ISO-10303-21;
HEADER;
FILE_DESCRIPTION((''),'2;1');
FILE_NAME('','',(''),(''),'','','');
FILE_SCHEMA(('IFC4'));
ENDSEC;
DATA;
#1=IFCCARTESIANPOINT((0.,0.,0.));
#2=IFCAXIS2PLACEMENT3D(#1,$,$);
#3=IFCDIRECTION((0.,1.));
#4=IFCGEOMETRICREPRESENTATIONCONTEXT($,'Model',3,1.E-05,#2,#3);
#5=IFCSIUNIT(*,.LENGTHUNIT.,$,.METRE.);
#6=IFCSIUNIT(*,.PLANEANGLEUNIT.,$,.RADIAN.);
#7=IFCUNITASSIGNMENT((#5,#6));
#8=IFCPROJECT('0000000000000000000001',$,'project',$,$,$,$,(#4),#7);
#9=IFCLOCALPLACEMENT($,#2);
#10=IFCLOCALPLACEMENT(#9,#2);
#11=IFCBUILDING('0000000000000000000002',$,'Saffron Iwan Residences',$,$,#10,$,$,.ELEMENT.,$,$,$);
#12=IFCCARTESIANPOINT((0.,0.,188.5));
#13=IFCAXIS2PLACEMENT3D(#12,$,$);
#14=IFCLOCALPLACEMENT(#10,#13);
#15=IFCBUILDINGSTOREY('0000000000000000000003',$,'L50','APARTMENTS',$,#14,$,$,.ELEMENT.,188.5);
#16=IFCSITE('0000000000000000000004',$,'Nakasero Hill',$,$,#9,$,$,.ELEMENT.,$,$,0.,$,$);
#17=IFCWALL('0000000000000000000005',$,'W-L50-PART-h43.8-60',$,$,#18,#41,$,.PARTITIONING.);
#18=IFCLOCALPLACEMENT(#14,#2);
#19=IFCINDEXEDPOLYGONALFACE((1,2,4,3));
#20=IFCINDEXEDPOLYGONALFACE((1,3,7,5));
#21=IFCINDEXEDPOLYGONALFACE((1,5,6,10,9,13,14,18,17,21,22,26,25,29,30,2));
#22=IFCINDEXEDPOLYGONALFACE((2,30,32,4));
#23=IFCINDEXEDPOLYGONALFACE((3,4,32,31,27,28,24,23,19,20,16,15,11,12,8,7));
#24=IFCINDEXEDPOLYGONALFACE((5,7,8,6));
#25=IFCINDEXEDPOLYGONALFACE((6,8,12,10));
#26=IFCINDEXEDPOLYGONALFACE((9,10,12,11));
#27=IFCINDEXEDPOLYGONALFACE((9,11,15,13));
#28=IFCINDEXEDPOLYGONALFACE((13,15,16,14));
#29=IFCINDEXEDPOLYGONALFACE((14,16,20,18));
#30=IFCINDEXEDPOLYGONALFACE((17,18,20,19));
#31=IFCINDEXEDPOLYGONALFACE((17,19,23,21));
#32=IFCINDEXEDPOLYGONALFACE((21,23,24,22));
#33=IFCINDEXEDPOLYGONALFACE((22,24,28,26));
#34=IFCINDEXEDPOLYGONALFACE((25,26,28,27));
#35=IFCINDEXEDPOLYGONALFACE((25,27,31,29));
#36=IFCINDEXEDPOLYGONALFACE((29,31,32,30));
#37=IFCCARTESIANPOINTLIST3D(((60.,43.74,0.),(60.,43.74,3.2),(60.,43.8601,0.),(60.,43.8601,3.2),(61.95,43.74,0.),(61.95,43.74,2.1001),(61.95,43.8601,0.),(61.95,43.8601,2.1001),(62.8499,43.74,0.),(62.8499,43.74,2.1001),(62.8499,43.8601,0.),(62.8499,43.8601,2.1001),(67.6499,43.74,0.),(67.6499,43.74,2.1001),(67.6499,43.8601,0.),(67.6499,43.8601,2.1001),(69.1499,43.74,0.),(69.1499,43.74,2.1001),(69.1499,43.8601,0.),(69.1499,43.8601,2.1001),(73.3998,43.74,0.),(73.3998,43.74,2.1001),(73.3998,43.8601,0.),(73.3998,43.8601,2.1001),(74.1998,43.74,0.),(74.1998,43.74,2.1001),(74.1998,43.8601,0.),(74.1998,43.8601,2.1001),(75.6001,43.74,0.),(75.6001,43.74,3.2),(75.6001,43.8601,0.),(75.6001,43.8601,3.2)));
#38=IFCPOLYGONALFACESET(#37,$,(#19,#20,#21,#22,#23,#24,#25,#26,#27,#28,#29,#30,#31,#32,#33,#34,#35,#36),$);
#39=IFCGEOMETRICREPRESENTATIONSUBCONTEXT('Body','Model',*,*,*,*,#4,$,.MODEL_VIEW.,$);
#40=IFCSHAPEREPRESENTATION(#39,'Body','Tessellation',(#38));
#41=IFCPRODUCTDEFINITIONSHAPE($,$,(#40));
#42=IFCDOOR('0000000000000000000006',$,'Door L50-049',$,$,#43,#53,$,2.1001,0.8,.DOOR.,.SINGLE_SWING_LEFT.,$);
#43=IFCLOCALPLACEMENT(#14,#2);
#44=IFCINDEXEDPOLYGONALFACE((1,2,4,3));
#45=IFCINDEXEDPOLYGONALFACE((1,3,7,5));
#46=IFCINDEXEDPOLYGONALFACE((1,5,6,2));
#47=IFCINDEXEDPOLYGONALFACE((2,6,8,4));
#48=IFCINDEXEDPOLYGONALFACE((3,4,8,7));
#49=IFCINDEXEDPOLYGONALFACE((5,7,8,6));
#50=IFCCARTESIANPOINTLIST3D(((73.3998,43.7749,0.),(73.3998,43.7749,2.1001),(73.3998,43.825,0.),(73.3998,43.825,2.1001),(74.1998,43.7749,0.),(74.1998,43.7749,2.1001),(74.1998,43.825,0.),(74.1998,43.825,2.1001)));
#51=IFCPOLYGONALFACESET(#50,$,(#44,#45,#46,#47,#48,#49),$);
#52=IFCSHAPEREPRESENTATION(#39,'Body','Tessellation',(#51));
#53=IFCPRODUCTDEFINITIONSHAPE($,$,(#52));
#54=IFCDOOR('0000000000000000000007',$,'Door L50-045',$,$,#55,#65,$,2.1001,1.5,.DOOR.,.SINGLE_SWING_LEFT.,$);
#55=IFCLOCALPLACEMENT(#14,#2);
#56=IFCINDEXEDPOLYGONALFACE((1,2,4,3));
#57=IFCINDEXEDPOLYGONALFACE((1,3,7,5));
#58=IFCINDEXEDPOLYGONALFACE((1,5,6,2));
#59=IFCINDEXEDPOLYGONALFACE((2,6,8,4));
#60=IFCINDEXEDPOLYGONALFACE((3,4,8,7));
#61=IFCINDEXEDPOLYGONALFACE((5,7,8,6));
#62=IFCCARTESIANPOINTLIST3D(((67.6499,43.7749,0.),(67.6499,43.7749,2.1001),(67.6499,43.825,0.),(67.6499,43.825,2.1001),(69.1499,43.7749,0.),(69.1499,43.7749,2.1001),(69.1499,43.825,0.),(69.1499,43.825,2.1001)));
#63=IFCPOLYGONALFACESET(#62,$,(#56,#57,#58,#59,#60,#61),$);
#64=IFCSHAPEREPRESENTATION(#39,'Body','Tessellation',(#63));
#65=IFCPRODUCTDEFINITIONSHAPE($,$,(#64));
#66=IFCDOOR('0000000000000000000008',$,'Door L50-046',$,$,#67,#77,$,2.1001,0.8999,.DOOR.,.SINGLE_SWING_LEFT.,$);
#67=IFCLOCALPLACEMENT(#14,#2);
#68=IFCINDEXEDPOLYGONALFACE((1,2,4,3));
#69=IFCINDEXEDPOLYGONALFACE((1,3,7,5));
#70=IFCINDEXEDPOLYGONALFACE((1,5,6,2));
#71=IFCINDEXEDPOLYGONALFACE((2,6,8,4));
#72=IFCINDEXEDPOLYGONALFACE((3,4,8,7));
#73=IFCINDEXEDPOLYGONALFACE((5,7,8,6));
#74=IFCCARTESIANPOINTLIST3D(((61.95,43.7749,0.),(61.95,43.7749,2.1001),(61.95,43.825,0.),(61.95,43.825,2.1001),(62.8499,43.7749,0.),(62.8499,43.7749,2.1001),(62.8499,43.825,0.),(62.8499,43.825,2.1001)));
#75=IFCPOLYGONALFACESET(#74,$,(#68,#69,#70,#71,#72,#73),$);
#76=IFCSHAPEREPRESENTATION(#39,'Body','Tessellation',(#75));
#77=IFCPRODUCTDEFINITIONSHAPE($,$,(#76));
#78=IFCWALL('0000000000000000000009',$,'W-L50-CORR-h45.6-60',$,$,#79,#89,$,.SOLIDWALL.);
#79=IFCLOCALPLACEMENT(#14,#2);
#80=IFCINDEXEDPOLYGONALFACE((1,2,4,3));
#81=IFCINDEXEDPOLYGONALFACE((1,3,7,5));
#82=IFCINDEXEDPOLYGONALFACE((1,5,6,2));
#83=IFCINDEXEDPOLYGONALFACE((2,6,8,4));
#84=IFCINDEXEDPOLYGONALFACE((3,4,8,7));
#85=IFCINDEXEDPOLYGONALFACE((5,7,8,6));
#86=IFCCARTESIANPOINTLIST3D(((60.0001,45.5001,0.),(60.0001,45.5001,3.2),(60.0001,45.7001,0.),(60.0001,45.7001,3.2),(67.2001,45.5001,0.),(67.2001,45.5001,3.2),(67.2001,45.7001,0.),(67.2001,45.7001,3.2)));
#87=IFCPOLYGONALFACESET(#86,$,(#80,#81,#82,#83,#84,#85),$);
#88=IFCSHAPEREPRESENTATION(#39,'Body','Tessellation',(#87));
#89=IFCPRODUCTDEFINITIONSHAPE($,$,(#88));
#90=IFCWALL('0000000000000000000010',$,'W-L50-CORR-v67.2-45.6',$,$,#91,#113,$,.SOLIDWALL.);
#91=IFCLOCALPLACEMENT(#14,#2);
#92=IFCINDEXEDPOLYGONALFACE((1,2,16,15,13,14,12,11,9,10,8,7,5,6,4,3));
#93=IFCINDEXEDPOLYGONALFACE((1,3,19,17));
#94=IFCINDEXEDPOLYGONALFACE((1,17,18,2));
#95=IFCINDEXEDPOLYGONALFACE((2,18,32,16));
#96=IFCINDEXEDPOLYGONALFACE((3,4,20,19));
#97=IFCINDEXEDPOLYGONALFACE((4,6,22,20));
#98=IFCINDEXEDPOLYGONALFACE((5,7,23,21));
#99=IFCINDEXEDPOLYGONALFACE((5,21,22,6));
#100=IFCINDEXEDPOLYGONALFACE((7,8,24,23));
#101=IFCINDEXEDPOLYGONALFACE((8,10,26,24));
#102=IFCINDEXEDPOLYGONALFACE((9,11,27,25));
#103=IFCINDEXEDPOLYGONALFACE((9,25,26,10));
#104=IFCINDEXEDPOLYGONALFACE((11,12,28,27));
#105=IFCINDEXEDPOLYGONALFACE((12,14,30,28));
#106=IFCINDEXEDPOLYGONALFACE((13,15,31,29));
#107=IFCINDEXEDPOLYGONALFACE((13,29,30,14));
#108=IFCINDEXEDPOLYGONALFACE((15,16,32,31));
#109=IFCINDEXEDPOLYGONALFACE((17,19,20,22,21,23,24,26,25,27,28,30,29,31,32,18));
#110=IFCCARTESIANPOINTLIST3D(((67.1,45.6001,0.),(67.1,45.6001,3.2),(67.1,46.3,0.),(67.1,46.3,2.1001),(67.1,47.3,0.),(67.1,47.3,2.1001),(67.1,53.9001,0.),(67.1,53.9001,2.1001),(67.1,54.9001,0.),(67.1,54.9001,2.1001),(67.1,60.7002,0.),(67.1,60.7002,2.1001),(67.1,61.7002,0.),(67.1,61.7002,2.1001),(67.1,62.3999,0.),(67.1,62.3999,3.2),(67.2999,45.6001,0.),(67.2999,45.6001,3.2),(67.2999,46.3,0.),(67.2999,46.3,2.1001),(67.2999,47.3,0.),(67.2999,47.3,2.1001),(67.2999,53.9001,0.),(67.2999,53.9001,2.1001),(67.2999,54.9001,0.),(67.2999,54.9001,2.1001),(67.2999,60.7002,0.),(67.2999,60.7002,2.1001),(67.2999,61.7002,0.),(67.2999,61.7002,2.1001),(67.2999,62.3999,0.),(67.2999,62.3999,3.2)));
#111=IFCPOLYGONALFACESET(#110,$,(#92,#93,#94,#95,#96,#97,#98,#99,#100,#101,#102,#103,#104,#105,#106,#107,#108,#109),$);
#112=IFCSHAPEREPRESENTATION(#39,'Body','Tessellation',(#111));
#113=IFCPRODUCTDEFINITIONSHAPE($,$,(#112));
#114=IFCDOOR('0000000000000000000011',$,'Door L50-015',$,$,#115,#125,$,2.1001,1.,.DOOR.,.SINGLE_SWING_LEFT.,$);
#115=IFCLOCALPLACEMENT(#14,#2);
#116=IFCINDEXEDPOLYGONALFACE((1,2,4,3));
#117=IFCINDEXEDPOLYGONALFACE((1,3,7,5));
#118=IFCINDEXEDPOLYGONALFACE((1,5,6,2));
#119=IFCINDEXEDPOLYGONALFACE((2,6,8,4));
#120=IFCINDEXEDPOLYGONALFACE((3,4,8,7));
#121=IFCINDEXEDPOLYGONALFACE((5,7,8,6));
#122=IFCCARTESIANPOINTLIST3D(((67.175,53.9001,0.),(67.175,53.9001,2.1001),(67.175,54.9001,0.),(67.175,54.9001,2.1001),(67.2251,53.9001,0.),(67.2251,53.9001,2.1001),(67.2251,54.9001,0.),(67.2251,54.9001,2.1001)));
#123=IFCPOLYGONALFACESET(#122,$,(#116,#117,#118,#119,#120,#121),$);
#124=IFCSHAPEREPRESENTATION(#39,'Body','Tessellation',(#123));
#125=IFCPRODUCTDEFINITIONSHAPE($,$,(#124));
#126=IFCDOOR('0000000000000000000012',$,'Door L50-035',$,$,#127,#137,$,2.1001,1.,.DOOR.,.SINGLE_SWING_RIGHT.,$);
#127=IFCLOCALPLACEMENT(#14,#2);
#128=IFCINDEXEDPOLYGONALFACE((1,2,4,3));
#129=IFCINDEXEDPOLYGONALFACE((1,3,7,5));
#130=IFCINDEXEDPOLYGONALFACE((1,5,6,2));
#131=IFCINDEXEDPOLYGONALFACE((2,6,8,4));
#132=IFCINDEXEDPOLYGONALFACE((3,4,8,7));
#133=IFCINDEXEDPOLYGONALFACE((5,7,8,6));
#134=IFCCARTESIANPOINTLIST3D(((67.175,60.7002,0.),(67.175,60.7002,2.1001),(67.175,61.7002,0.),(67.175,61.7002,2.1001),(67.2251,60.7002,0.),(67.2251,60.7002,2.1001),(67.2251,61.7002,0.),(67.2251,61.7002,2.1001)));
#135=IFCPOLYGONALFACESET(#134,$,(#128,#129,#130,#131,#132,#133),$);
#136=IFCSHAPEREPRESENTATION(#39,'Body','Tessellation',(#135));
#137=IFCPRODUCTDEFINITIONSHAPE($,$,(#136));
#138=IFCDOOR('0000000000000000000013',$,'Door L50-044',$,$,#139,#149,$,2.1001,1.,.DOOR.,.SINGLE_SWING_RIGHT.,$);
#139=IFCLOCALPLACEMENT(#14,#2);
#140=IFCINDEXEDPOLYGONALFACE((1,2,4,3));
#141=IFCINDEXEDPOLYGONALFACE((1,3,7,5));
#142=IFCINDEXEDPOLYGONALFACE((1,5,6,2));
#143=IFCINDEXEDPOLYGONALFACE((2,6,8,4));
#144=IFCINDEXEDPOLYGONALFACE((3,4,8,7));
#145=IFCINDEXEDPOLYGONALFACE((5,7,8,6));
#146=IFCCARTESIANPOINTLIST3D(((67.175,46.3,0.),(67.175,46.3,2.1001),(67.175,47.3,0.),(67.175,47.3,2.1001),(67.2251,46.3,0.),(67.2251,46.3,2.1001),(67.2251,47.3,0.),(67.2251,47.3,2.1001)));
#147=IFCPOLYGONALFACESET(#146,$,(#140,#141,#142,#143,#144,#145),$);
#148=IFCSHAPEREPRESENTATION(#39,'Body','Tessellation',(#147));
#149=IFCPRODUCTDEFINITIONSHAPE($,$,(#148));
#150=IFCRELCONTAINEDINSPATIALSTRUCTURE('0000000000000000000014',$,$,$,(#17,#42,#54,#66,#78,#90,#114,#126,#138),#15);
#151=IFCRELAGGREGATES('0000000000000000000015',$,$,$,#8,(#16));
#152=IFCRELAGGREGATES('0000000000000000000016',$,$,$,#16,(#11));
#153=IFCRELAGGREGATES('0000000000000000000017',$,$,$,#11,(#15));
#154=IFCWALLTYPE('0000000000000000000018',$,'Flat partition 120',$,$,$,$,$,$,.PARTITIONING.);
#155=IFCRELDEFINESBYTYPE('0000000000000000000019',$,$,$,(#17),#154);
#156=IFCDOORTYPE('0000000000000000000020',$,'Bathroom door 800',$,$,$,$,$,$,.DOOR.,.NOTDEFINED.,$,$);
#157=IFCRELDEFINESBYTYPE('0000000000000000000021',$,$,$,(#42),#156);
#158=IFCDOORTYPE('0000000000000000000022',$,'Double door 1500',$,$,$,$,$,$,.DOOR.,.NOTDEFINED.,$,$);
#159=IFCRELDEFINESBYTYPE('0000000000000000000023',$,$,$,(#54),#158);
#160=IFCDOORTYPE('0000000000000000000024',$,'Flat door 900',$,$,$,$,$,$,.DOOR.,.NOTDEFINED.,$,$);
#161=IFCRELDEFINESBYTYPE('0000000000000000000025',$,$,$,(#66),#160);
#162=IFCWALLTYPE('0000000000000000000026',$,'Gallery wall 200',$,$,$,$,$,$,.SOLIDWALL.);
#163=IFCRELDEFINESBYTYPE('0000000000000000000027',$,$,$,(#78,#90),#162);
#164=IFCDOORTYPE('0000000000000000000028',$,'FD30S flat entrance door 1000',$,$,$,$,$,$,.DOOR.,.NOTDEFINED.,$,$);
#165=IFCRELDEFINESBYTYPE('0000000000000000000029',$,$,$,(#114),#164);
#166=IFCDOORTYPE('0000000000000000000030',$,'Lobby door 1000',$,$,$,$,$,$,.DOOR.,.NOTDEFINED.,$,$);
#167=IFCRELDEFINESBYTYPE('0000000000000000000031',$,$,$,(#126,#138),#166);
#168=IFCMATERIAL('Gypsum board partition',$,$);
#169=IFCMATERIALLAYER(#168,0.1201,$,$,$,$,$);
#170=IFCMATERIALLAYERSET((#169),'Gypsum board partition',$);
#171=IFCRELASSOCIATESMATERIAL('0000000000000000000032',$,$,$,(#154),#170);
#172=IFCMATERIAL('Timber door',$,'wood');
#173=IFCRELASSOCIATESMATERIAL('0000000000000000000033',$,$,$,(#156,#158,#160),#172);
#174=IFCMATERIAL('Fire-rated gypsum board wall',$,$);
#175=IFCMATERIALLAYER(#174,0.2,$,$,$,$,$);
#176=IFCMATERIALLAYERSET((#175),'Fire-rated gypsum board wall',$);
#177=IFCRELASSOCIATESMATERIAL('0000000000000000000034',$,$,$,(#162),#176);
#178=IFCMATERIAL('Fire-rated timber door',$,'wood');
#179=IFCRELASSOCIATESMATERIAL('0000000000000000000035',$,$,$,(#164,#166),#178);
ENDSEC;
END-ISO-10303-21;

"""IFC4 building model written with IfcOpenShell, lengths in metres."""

from ifc_helpers import new_model, si_unit, direction, frame, frame_2d, origin, place, context, subcontext, project, spatial, rectangle, extrude, material, layer, layer_set, type_object, element, fill, save


model = new_model("IFC4")

# Units and contexts
model_context = context("Model", 3, precision=1e-05, world=origin(), true_north=direction((0.0, 1.0)))
body_context = subcontext(model_context, "Body", "Model", "MODEL_VIEW")
ifc_project = project(units=[si_unit("LENGTHUNIT", "METRE"), si_unit("PLANEANGLEUNIT", "RADIAN")], contexts=[model_context])

# Site, building, storey
site_placement = place(None, origin())
site = spatial("IfcSite", under=ifc_project, at=site_placement, Name="Nakasero Hill", CompositionType="ELEMENT", RefElevation=0.0)
building_placement = place(site_placement, origin())
building = spatial("IfcBuilding", under=site, at=building_placement, Name="Saffron Iwan Residences", CompositionType="ELEMENT")
storey_placement = place(building_placement, frame((0.0, 0.0, 188.5)))
storey = spatial("IfcBuildingStorey", under=building, at=storey_placement, Name="L50", Description="APARTMENTS", CompositionType="ELEMENT", Elevation=188.5)

# Wall, openings, doors
ifc_material_1 = material(Name="Gypsum board partition")
ifc_layer_1 = layer(ifc_material_1, 0.1201)
ifc_layer_set_1 = layer_set([ifc_layer_1], Name="Gypsum board partition")
wall_type_1 = type_object("IfcWallType", Name="Flat partition 120", PredefinedType="PARTITIONING", material=ifc_layer_set_1)
wall_1_placement = place(storey_placement, frame((60.0, 43.8, 0.0), z_axis=(0.0, 0.0, 1.0), x_axis=(1.0, 0.0, 0.0)))
wall_1 = element("IfcWall", 1, at=wall_1_placement, inside=storey, type_object=wall_type_1, Name="W-L50-PART-h43.8-60", PredefinedType="PARTITIONING", context=body_context, shape_type="SweptSolid", body=[
    extrude(rectangle(XDim=15.6001, YDim=0.1201, at=frame_2d((7.8, 0.0))), origin(), (0.0, 0.0, 1.0), 3.2),
])
opening_1_placement = place(wall_1_placement, frame((7.6499, 0.0, 0.0)))
opening_1 = element("IfcOpeningElement", 2, at=opening_1_placement, cuts=wall_1, PredefinedType="OPENING", context=body_context, shape_type="SweptSolid", body=[
    extrude(rectangle(XDim=1.5, YDim=2.1001, at=frame_2d((0.75, 1.05))), frame((0.0, 0.0701, 0.0), z_axis=(0.0, -1.0, 0.0), x_axis=(1.0, 0.0, 0.0)), (0.0, 0.0, 1.0), 0.1401),
])
opening_2_placement = place(wall_1_placement, frame((1.95, 0.0, 0.0)))
opening_2 = element("IfcOpeningElement", 3, at=opening_2_placement, cuts=wall_1, PredefinedType="OPENING", context=body_context, shape_type="SweptSolid", body=[
    extrude(rectangle(XDim=0.8999, YDim=2.1001, at=frame_2d((0.45, 1.05))), frame((0.0, 0.0701, 0.0), z_axis=(0.0, -1.0, 0.0), x_axis=(1.0, 0.0, 0.0)), (0.0, 0.0, 1.0), 0.1401),
])
opening_3_placement = place(wall_1_placement, frame((13.3999, 0.0, 0.0)))
opening_3 = element("IfcOpeningElement", 4, at=opening_3_placement, cuts=wall_1, PredefinedType="OPENING", context=body_context, shape_type="SweptSolid", body=[
    extrude(rectangle(XDim=0.8, YDim=2.1001, at=frame_2d((0.3999, 1.05))), frame((0.0, 0.0701, 0.0), z_axis=(0.0, -1.0, 0.0), x_axis=(1.0, 0.0, 0.0)), (0.0, 0.0, 1.0), 0.1401),
])
ifc_material_2 = material(Name="Timber door", Category="wood")
door_type_1 = type_object("IfcDoorType", Name="Bathroom door 800", OperationType="NOTDEFINED", PredefinedType="DOOR", material=ifc_material_2)
door_1_placement = place(opening_3_placement, origin())
door_1 = element("IfcDoor", 5, at=door_1_placement, inside=storey, type_object=door_type_1, Name="Door L50-049", OperationType="SINGLE_SWING_LEFT", OverallHeight=2.1001, OverallWidth=0.8, PredefinedType="DOOR", context=body_context, shape_type="SweptSolid", body=[
    extrude(rectangle(XDim=0.8, YDim=2.1001, at=frame_2d((0.3999, 1.05))), frame((0.0, 0.0249, 0.0), z_axis=(0.0, -1.0, 0.0), x_axis=(1.0, 0.0, 0.0)), (0.0, 0.0, 1.0), 0.05),
])
fill(opening_3, door_1)
door_type_2 = type_object("IfcDoorType", Name="Double door 1500", OperationType="NOTDEFINED", PredefinedType="DOOR", material=ifc_material_2)
door_2_placement = place(opening_1_placement, origin())
door_2 = element("IfcDoor", 6, at=door_2_placement, inside=storey, type_object=door_type_2, Name="Door L50-045", OperationType="SINGLE_SWING_LEFT", OverallHeight=2.1001, OverallWidth=1.5, PredefinedType="DOOR", context=body_context, shape_type="SweptSolid", body=[
    extrude(rectangle(XDim=1.5, YDim=2.1001, at=frame_2d((0.75, 1.05))), frame((0.0, 0.0249, 0.0), z_axis=(0.0, -1.0, 0.0), x_axis=(1.0, 0.0, 0.0)), (0.0, 0.0, 1.0), 0.05),
])
fill(opening_1, door_2)
door_type_3 = type_object("IfcDoorType", Name="Flat door 900", OperationType="NOTDEFINED", PredefinedType="DOOR", material=ifc_material_2)
door_3_placement = place(opening_2_placement, origin())
door_3 = element("IfcDoor", 7, at=door_3_placement, inside=storey, type_object=door_type_3, Name="Door L50-046", OperationType="SINGLE_SWING_LEFT", OverallHeight=2.1001, OverallWidth=0.8999, PredefinedType="DOOR", context=body_context, shape_type="SweptSolid", body=[
    extrude(rectangle(XDim=0.8999, YDim=2.1001, at=frame_2d((0.45, 1.05))), frame((0.0, 0.0249, 0.0), z_axis=(0.0, -1.0, 0.0), x_axis=(1.0, 0.0, 0.0)), (0.0, 0.0, 1.0), 0.05),
])
fill(opening_2, door_3)

# Wall
ifc_material_3 = material(Name="Fire-rated gypsum board wall")
ifc_layer_2 = layer(ifc_material_3, 0.2)
ifc_layer_set_2 = layer_set([ifc_layer_2], Name="Fire-rated gypsum board wall")
wall_type_2 = type_object("IfcWallType", Name="Gallery wall 200", PredefinedType="SOLIDWALL", material=ifc_layer_set_2)
wall_2_placement = place(storey_placement, frame((60.0, 45.6001, 0.0), z_axis=(0.0, 0.0, 1.0), x_axis=(1.0, 0.0, 0.0)))
element("IfcWall", 8, at=wall_2_placement, inside=storey, type_object=wall_type_2, Name="W-L50-CORR-h45.6-60", PredefinedType="SOLIDWALL", context=body_context, shape_type="SweptSolid", body=[
    extrude(rectangle(XDim=7.2, YDim=0.2, at=frame_2d((3.6001, 0.0))), origin(), (0.0, 0.0, 1.0), 3.2),
])

# Wall, openings, doors
wall_3_placement = place(storey_placement, frame((67.2, 45.6001, 0.0), z_axis=(0.0, 0.0, 1.0), x_axis=(0.0, 1.0, 0.0)))
wall_3 = element("IfcWall", 9, at=wall_3_placement, inside=storey, type_object=wall_type_2, Name="W-L50-CORR-v67.2-45.6", PredefinedType="SOLIDWALL", context=body_context, shape_type="SweptSolid", body=[
    extrude(rectangle(XDim=16.7998, YDim=0.2, at=frame_2d((8.3999, 0.0))), origin(), (0.0, 0.0, 1.0), 3.2),
])
opening_4_placement = place(wall_3_placement, frame((8.3, 0.0, 0.0)))
opening_4 = element("IfcOpeningElement", 10, at=opening_4_placement, cuts=wall_3, PredefinedType="OPENING", context=body_context, shape_type="SweptSolid", body=[
    extrude(rectangle(XDim=1.0, YDim=2.1001, at=frame_2d((0.5, 1.05))), frame((0.0, 0.1099, 0.0), z_axis=(0.0, -1.0, 0.0), x_axis=(1.0, 0.0, 0.0)), (0.0, 0.0, 1.0), 0.22),
])
opening_5_placement = place(wall_3_placement, frame((15.1001, 0.0, 0.0)))
opening_5 = element("IfcOpeningElement", 11, at=opening_5_placement, cuts=wall_3, PredefinedType="OPENING", context=body_context, shape_type="SweptSolid", body=[
    extrude(rectangle(XDim=1.0, YDim=2.1001, at=frame_2d((0.5, 1.05))), frame((0.0, 0.1099, 0.0), z_axis=(0.0, -1.0, 0.0), x_axis=(1.0, 0.0, 0.0)), (0.0, 0.0, 1.0), 0.22),
])
opening_6_placement = place(wall_3_placement, frame((0.7, 0.0, 0.0)))
opening_6 = element("IfcOpeningElement", 12, at=opening_6_placement, cuts=wall_3, PredefinedType="OPENING", context=body_context, shape_type="SweptSolid", body=[
    extrude(rectangle(XDim=1.0, YDim=2.1001, at=frame_2d((0.5, 1.05))), frame((0.0, 0.1099, 0.0), z_axis=(0.0, -1.0, 0.0), x_axis=(1.0, 0.0, 0.0)), (0.0, 0.0, 1.0), 0.22),
])
ifc_material_4 = material(Name="Fire-rated timber door", Category="wood")
door_type_4 = type_object("IfcDoorType", Name="FD30S flat entrance door 1000", OperationType="NOTDEFINED", PredefinedType="DOOR", material=ifc_material_4)
door_4_placement = place(opening_4_placement, origin())
door_4 = element("IfcDoor", 13, at=door_4_placement, inside=storey, type_object=door_type_4, Name="Door L50-015", OperationType="SINGLE_SWING_LEFT", OverallHeight=2.1001, OverallWidth=1.0, PredefinedType="DOOR", context=body_context, shape_type="SweptSolid", body=[
    extrude(rectangle(XDim=1.0, YDim=2.1001, at=frame_2d((0.5, 1.05))), frame((0.0, 0.0249, 0.0), z_axis=(0.0, -1.0, 0.0), x_axis=(1.0, 0.0, 0.0)), (0.0, 0.0, 1.0), 0.05),
])
fill(opening_4, door_4)
door_type_5 = type_object("IfcDoorType", Name="Lobby door 1000", OperationType="NOTDEFINED", PredefinedType="DOOR", material=ifc_material_4)
door_5_placement = place(opening_5_placement, origin())
door_5 = element("IfcDoor", 14, at=door_5_placement, inside=storey, type_object=door_type_5, Name="Door L50-035", OperationType="SINGLE_SWING_RIGHT", OverallHeight=2.1001, OverallWidth=1.0, PredefinedType="DOOR", context=body_context, shape_type="SweptSolid", body=[
    extrude(rectangle(XDim=1.0, YDim=2.1001, at=frame_2d((0.5, 1.05))), frame((0.0, 0.0249, 0.0), z_axis=(0.0, -1.0, 0.0), x_axis=(1.0, 0.0, 0.0)), (0.0, 0.0, 1.0), 0.05),
])
fill(opening_5, door_5)
door_6_placement = place(opening_6_placement, origin())
door_6 = element("IfcDoor", 15, at=door_6_placement, inside=storey, type_object=door_type_5, Name="Door L50-044", OperationType="SINGLE_SWING_RIGHT", OverallHeight=2.1001, OverallWidth=1.0, PredefinedType="DOOR", context=body_context, shape_type="SweptSolid", body=[
    extrude(rectangle(XDim=1.0, YDim=2.1001, at=frame_2d((0.5, 1.05))), frame((0.0, 0.0249, 0.0), z_axis=(0.0, -1.0, 0.0), x_axis=(1.0, 0.0, 0.0)), (0.0, 0.0, 1.0), 0.05),
])
fill(opening_6, door_6)

save(model, "model.ifc")
